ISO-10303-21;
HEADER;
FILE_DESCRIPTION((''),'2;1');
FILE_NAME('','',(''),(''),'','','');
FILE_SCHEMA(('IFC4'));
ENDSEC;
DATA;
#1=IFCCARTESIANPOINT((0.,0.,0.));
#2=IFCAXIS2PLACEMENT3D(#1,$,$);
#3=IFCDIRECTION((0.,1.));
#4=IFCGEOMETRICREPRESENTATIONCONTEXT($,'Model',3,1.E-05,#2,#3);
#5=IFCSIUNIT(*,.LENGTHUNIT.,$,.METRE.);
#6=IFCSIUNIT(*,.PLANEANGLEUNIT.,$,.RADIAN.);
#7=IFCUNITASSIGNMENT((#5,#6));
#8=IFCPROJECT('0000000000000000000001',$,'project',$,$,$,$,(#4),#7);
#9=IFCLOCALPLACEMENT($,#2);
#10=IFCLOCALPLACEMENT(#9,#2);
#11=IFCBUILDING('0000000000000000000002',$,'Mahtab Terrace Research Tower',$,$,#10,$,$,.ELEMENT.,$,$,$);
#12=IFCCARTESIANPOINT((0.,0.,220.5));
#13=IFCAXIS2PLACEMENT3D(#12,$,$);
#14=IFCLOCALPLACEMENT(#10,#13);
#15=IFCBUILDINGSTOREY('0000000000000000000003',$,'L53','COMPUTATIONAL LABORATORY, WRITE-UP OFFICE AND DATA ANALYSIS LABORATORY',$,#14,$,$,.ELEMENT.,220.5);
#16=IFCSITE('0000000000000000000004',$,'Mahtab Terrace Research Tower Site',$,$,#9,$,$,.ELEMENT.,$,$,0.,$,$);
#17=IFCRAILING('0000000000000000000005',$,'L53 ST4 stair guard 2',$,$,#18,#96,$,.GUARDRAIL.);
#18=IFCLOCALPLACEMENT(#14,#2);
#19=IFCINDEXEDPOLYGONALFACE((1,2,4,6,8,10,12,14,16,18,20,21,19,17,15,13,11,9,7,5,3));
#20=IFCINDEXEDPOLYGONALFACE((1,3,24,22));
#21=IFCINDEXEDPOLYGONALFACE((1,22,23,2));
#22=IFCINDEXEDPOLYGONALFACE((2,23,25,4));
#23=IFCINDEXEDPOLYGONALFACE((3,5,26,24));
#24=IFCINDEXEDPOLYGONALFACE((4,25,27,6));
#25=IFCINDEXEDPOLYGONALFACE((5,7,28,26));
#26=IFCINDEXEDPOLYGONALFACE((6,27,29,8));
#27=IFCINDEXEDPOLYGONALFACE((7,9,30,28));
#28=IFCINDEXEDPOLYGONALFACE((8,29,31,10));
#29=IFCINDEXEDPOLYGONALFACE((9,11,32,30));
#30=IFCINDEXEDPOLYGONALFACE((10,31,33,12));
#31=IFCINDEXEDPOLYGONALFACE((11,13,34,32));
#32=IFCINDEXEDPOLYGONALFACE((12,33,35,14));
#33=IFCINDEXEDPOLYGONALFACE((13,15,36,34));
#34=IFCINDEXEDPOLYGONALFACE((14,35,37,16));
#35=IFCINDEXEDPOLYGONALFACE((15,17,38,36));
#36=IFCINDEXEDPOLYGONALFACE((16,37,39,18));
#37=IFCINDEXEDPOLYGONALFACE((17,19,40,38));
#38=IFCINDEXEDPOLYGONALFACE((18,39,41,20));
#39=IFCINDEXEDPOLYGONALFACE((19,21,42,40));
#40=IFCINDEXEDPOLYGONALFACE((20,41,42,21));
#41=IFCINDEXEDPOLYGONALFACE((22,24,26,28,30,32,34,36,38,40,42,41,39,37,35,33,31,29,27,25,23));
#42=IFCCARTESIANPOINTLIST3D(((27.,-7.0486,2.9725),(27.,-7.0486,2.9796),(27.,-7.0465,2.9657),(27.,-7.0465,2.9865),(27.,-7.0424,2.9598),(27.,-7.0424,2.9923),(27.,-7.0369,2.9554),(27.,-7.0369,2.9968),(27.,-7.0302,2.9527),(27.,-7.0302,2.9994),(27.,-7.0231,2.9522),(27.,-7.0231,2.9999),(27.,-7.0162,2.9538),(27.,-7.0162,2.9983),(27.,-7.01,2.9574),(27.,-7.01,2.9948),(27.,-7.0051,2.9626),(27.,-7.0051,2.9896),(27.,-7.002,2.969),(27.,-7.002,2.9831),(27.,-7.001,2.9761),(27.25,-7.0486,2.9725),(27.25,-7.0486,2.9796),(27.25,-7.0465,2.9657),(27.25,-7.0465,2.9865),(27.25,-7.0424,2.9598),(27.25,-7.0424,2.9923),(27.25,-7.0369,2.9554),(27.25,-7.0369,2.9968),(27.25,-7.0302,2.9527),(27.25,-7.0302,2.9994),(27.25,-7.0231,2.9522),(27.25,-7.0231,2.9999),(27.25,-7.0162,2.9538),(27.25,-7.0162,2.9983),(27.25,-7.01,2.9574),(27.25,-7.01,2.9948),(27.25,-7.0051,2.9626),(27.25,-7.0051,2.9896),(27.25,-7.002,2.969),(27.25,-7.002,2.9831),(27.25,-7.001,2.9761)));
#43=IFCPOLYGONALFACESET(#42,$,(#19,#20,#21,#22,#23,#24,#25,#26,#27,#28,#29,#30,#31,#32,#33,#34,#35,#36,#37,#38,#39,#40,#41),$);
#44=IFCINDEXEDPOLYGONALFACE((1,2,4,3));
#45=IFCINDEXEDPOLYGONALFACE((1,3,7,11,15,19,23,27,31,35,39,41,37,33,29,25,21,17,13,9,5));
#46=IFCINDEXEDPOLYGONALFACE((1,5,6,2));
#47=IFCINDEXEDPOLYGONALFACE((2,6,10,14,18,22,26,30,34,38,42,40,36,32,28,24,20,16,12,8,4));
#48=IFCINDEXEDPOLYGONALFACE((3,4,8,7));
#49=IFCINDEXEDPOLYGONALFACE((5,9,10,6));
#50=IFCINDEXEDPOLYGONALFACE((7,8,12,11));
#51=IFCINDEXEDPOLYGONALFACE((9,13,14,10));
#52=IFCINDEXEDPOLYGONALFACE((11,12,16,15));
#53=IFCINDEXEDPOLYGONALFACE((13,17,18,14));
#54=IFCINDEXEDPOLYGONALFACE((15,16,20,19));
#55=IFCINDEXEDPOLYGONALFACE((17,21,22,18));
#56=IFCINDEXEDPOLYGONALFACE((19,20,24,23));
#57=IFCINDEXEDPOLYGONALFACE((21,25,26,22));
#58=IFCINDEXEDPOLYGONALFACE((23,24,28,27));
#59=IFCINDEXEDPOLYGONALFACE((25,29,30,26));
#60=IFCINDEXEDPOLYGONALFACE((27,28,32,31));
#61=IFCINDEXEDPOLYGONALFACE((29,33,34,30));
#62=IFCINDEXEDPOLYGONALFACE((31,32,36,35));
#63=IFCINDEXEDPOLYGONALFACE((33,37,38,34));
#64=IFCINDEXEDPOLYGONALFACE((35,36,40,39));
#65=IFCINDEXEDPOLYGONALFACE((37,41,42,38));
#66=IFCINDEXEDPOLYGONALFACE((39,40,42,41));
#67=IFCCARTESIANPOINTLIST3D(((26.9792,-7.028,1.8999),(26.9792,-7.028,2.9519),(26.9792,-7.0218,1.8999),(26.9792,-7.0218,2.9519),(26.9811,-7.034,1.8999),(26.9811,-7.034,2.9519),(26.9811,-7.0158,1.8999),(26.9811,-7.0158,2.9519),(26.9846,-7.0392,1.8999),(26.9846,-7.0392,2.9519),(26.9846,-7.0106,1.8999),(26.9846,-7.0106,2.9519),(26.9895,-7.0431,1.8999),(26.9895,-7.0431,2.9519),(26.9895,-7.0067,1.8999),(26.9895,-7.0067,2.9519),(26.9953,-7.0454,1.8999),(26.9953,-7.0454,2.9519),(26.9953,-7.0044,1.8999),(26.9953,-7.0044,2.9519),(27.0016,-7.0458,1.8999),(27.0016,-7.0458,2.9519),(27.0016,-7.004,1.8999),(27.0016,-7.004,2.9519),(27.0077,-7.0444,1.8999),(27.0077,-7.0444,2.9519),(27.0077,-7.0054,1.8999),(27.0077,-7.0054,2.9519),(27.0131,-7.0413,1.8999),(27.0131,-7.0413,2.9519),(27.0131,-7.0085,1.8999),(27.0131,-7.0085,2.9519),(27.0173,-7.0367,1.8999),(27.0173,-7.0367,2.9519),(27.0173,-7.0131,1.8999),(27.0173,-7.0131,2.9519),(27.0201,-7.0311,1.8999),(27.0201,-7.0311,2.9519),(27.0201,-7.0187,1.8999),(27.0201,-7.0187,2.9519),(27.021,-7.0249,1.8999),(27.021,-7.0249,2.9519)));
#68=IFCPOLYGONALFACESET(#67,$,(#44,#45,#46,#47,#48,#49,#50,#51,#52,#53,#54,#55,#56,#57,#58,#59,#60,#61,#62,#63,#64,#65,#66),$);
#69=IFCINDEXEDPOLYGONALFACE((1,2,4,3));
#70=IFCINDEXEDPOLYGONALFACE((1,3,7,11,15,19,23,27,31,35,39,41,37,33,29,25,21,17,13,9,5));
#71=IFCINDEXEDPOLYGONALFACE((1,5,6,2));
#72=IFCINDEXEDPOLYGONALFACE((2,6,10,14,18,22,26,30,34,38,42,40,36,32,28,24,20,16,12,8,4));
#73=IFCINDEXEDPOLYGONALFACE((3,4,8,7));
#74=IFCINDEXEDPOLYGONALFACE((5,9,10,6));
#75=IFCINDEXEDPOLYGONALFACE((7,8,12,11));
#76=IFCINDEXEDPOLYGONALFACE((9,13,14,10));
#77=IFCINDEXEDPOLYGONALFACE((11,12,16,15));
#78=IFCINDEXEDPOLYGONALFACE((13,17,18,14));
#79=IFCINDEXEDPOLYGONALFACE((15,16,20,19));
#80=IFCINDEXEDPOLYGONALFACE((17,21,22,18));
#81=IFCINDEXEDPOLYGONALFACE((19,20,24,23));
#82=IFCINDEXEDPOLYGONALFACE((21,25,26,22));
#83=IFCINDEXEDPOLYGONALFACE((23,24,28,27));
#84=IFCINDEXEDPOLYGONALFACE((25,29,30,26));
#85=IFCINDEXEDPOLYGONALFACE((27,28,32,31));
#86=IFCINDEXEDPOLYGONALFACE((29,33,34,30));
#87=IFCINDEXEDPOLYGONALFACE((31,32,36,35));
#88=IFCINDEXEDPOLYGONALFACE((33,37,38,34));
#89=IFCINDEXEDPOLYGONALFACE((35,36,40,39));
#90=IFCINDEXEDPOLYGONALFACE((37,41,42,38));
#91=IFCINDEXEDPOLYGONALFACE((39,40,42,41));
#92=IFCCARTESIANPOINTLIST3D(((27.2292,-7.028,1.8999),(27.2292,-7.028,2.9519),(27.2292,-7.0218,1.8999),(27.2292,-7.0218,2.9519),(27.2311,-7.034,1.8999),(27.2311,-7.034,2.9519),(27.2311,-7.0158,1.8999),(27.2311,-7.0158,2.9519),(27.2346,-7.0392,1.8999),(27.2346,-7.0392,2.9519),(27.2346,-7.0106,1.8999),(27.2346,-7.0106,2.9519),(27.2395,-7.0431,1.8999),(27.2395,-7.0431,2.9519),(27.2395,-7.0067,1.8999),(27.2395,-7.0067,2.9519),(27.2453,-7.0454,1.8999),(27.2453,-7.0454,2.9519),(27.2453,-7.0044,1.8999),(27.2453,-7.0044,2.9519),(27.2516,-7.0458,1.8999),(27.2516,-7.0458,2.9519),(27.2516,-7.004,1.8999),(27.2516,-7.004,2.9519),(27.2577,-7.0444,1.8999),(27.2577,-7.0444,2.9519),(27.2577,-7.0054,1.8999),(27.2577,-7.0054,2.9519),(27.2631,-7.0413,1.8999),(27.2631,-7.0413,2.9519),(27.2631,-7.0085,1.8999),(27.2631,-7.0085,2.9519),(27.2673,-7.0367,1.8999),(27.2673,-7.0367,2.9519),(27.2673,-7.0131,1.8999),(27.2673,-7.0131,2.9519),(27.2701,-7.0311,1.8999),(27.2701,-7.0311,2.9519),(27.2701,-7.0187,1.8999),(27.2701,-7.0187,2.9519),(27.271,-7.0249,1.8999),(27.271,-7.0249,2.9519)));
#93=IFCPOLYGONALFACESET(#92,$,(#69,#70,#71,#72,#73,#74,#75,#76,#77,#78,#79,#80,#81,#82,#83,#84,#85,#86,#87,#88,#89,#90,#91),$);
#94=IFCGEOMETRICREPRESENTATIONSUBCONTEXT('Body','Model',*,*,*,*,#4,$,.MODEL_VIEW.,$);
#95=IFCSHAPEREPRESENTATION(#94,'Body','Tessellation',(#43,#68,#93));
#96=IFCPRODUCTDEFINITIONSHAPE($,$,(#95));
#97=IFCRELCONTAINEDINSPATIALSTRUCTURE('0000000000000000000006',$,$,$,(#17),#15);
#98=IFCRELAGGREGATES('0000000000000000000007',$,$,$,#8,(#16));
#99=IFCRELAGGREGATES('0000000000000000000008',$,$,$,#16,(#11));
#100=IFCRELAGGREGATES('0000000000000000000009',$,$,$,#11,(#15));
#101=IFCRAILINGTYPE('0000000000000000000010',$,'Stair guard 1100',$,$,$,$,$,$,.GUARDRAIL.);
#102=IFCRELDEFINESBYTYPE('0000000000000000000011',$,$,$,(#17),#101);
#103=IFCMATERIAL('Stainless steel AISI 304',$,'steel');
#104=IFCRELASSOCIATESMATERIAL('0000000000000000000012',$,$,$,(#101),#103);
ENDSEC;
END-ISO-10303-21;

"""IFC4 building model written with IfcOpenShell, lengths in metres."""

from ifc_helpers import new_model, si_unit, direction, frame, origin, origin_2d, place, context, subcontext, project, spatial, circle, extrude, material, type_object, element, save


model = new_model("IFC4")

# Units and contexts
model_context = context("Model", 3, precision=1e-05, world=origin(), true_north=direction((0.0, 1.0)))
body_context = subcontext(model_context, "Body", "Model", "MODEL_VIEW")
ifc_project = project(units=[si_unit("LENGTHUNIT", "METRE"), si_unit("PLANEANGLEUNIT", "RADIAN")], contexts=[model_context])

# Site, building, storey
site_placement = place(None, origin())
site = spatial("IfcSite", under=ifc_project, at=site_placement, Name="Mahtab Terrace Research Tower Site", CompositionType="ELEMENT", RefElevation=0.0)
building_placement = place(site_placement, origin())
building = spatial("IfcBuilding", under=site, at=building_placement, Name="Mahtab Terrace Research Tower", CompositionType="ELEMENT")
storey_placement = place(building_placement, frame((0.0, 0.0, 220.5)))
storey = spatial("IfcBuildingStorey", under=building, at=storey_placement, Name="L53", Description="COMPUTATIONAL LABORATORY, WRITE-UP OFFICE AND DATA ANALYSIS LABORATORY", CompositionType="ELEMENT", Elevation=220.5)

# Shared definitions
ifc_material_1 = material(Name="Stainless steel AISI 304", Category="steel")

# Railing
railing_type_1 = type_object("IfcRailingType", Name="Stair guard 1100", PredefinedType="GUARDRAIL", material=ifc_material_1)
railing_1_placement = place(storey_placement, frame((27.0, -7.0249, 1.8999)))
element("IfcRailing", 1, at=railing_1_placement, inside=storey, type_object=railing_type_1, Name="L53 ST4 stair guard 2", PredefinedType="GUARDRAIL", context=body_context, shape_type="SweptSolid", body=[
    extrude(circle(Radius=0.0239, at=origin_2d()), frame((0.0, 0.0, 1.0762), z_axis=(1.0, 0.0, 0.0), x_axis=(0.0, 1.0, 0.0)), (0.0, 0.0, 1.0), 0.25),
    extrude(circle(Radius=0.021, at=origin_2d()), origin(), (0.0, 0.0, 1.0), 1.052),
    extrude(circle(Radius=0.021, at=origin_2d()), frame((0.25, 0.0, 0.0)), (0.0, 0.0, 1.0), 1.052),
])

save(model, "model.ifc")
